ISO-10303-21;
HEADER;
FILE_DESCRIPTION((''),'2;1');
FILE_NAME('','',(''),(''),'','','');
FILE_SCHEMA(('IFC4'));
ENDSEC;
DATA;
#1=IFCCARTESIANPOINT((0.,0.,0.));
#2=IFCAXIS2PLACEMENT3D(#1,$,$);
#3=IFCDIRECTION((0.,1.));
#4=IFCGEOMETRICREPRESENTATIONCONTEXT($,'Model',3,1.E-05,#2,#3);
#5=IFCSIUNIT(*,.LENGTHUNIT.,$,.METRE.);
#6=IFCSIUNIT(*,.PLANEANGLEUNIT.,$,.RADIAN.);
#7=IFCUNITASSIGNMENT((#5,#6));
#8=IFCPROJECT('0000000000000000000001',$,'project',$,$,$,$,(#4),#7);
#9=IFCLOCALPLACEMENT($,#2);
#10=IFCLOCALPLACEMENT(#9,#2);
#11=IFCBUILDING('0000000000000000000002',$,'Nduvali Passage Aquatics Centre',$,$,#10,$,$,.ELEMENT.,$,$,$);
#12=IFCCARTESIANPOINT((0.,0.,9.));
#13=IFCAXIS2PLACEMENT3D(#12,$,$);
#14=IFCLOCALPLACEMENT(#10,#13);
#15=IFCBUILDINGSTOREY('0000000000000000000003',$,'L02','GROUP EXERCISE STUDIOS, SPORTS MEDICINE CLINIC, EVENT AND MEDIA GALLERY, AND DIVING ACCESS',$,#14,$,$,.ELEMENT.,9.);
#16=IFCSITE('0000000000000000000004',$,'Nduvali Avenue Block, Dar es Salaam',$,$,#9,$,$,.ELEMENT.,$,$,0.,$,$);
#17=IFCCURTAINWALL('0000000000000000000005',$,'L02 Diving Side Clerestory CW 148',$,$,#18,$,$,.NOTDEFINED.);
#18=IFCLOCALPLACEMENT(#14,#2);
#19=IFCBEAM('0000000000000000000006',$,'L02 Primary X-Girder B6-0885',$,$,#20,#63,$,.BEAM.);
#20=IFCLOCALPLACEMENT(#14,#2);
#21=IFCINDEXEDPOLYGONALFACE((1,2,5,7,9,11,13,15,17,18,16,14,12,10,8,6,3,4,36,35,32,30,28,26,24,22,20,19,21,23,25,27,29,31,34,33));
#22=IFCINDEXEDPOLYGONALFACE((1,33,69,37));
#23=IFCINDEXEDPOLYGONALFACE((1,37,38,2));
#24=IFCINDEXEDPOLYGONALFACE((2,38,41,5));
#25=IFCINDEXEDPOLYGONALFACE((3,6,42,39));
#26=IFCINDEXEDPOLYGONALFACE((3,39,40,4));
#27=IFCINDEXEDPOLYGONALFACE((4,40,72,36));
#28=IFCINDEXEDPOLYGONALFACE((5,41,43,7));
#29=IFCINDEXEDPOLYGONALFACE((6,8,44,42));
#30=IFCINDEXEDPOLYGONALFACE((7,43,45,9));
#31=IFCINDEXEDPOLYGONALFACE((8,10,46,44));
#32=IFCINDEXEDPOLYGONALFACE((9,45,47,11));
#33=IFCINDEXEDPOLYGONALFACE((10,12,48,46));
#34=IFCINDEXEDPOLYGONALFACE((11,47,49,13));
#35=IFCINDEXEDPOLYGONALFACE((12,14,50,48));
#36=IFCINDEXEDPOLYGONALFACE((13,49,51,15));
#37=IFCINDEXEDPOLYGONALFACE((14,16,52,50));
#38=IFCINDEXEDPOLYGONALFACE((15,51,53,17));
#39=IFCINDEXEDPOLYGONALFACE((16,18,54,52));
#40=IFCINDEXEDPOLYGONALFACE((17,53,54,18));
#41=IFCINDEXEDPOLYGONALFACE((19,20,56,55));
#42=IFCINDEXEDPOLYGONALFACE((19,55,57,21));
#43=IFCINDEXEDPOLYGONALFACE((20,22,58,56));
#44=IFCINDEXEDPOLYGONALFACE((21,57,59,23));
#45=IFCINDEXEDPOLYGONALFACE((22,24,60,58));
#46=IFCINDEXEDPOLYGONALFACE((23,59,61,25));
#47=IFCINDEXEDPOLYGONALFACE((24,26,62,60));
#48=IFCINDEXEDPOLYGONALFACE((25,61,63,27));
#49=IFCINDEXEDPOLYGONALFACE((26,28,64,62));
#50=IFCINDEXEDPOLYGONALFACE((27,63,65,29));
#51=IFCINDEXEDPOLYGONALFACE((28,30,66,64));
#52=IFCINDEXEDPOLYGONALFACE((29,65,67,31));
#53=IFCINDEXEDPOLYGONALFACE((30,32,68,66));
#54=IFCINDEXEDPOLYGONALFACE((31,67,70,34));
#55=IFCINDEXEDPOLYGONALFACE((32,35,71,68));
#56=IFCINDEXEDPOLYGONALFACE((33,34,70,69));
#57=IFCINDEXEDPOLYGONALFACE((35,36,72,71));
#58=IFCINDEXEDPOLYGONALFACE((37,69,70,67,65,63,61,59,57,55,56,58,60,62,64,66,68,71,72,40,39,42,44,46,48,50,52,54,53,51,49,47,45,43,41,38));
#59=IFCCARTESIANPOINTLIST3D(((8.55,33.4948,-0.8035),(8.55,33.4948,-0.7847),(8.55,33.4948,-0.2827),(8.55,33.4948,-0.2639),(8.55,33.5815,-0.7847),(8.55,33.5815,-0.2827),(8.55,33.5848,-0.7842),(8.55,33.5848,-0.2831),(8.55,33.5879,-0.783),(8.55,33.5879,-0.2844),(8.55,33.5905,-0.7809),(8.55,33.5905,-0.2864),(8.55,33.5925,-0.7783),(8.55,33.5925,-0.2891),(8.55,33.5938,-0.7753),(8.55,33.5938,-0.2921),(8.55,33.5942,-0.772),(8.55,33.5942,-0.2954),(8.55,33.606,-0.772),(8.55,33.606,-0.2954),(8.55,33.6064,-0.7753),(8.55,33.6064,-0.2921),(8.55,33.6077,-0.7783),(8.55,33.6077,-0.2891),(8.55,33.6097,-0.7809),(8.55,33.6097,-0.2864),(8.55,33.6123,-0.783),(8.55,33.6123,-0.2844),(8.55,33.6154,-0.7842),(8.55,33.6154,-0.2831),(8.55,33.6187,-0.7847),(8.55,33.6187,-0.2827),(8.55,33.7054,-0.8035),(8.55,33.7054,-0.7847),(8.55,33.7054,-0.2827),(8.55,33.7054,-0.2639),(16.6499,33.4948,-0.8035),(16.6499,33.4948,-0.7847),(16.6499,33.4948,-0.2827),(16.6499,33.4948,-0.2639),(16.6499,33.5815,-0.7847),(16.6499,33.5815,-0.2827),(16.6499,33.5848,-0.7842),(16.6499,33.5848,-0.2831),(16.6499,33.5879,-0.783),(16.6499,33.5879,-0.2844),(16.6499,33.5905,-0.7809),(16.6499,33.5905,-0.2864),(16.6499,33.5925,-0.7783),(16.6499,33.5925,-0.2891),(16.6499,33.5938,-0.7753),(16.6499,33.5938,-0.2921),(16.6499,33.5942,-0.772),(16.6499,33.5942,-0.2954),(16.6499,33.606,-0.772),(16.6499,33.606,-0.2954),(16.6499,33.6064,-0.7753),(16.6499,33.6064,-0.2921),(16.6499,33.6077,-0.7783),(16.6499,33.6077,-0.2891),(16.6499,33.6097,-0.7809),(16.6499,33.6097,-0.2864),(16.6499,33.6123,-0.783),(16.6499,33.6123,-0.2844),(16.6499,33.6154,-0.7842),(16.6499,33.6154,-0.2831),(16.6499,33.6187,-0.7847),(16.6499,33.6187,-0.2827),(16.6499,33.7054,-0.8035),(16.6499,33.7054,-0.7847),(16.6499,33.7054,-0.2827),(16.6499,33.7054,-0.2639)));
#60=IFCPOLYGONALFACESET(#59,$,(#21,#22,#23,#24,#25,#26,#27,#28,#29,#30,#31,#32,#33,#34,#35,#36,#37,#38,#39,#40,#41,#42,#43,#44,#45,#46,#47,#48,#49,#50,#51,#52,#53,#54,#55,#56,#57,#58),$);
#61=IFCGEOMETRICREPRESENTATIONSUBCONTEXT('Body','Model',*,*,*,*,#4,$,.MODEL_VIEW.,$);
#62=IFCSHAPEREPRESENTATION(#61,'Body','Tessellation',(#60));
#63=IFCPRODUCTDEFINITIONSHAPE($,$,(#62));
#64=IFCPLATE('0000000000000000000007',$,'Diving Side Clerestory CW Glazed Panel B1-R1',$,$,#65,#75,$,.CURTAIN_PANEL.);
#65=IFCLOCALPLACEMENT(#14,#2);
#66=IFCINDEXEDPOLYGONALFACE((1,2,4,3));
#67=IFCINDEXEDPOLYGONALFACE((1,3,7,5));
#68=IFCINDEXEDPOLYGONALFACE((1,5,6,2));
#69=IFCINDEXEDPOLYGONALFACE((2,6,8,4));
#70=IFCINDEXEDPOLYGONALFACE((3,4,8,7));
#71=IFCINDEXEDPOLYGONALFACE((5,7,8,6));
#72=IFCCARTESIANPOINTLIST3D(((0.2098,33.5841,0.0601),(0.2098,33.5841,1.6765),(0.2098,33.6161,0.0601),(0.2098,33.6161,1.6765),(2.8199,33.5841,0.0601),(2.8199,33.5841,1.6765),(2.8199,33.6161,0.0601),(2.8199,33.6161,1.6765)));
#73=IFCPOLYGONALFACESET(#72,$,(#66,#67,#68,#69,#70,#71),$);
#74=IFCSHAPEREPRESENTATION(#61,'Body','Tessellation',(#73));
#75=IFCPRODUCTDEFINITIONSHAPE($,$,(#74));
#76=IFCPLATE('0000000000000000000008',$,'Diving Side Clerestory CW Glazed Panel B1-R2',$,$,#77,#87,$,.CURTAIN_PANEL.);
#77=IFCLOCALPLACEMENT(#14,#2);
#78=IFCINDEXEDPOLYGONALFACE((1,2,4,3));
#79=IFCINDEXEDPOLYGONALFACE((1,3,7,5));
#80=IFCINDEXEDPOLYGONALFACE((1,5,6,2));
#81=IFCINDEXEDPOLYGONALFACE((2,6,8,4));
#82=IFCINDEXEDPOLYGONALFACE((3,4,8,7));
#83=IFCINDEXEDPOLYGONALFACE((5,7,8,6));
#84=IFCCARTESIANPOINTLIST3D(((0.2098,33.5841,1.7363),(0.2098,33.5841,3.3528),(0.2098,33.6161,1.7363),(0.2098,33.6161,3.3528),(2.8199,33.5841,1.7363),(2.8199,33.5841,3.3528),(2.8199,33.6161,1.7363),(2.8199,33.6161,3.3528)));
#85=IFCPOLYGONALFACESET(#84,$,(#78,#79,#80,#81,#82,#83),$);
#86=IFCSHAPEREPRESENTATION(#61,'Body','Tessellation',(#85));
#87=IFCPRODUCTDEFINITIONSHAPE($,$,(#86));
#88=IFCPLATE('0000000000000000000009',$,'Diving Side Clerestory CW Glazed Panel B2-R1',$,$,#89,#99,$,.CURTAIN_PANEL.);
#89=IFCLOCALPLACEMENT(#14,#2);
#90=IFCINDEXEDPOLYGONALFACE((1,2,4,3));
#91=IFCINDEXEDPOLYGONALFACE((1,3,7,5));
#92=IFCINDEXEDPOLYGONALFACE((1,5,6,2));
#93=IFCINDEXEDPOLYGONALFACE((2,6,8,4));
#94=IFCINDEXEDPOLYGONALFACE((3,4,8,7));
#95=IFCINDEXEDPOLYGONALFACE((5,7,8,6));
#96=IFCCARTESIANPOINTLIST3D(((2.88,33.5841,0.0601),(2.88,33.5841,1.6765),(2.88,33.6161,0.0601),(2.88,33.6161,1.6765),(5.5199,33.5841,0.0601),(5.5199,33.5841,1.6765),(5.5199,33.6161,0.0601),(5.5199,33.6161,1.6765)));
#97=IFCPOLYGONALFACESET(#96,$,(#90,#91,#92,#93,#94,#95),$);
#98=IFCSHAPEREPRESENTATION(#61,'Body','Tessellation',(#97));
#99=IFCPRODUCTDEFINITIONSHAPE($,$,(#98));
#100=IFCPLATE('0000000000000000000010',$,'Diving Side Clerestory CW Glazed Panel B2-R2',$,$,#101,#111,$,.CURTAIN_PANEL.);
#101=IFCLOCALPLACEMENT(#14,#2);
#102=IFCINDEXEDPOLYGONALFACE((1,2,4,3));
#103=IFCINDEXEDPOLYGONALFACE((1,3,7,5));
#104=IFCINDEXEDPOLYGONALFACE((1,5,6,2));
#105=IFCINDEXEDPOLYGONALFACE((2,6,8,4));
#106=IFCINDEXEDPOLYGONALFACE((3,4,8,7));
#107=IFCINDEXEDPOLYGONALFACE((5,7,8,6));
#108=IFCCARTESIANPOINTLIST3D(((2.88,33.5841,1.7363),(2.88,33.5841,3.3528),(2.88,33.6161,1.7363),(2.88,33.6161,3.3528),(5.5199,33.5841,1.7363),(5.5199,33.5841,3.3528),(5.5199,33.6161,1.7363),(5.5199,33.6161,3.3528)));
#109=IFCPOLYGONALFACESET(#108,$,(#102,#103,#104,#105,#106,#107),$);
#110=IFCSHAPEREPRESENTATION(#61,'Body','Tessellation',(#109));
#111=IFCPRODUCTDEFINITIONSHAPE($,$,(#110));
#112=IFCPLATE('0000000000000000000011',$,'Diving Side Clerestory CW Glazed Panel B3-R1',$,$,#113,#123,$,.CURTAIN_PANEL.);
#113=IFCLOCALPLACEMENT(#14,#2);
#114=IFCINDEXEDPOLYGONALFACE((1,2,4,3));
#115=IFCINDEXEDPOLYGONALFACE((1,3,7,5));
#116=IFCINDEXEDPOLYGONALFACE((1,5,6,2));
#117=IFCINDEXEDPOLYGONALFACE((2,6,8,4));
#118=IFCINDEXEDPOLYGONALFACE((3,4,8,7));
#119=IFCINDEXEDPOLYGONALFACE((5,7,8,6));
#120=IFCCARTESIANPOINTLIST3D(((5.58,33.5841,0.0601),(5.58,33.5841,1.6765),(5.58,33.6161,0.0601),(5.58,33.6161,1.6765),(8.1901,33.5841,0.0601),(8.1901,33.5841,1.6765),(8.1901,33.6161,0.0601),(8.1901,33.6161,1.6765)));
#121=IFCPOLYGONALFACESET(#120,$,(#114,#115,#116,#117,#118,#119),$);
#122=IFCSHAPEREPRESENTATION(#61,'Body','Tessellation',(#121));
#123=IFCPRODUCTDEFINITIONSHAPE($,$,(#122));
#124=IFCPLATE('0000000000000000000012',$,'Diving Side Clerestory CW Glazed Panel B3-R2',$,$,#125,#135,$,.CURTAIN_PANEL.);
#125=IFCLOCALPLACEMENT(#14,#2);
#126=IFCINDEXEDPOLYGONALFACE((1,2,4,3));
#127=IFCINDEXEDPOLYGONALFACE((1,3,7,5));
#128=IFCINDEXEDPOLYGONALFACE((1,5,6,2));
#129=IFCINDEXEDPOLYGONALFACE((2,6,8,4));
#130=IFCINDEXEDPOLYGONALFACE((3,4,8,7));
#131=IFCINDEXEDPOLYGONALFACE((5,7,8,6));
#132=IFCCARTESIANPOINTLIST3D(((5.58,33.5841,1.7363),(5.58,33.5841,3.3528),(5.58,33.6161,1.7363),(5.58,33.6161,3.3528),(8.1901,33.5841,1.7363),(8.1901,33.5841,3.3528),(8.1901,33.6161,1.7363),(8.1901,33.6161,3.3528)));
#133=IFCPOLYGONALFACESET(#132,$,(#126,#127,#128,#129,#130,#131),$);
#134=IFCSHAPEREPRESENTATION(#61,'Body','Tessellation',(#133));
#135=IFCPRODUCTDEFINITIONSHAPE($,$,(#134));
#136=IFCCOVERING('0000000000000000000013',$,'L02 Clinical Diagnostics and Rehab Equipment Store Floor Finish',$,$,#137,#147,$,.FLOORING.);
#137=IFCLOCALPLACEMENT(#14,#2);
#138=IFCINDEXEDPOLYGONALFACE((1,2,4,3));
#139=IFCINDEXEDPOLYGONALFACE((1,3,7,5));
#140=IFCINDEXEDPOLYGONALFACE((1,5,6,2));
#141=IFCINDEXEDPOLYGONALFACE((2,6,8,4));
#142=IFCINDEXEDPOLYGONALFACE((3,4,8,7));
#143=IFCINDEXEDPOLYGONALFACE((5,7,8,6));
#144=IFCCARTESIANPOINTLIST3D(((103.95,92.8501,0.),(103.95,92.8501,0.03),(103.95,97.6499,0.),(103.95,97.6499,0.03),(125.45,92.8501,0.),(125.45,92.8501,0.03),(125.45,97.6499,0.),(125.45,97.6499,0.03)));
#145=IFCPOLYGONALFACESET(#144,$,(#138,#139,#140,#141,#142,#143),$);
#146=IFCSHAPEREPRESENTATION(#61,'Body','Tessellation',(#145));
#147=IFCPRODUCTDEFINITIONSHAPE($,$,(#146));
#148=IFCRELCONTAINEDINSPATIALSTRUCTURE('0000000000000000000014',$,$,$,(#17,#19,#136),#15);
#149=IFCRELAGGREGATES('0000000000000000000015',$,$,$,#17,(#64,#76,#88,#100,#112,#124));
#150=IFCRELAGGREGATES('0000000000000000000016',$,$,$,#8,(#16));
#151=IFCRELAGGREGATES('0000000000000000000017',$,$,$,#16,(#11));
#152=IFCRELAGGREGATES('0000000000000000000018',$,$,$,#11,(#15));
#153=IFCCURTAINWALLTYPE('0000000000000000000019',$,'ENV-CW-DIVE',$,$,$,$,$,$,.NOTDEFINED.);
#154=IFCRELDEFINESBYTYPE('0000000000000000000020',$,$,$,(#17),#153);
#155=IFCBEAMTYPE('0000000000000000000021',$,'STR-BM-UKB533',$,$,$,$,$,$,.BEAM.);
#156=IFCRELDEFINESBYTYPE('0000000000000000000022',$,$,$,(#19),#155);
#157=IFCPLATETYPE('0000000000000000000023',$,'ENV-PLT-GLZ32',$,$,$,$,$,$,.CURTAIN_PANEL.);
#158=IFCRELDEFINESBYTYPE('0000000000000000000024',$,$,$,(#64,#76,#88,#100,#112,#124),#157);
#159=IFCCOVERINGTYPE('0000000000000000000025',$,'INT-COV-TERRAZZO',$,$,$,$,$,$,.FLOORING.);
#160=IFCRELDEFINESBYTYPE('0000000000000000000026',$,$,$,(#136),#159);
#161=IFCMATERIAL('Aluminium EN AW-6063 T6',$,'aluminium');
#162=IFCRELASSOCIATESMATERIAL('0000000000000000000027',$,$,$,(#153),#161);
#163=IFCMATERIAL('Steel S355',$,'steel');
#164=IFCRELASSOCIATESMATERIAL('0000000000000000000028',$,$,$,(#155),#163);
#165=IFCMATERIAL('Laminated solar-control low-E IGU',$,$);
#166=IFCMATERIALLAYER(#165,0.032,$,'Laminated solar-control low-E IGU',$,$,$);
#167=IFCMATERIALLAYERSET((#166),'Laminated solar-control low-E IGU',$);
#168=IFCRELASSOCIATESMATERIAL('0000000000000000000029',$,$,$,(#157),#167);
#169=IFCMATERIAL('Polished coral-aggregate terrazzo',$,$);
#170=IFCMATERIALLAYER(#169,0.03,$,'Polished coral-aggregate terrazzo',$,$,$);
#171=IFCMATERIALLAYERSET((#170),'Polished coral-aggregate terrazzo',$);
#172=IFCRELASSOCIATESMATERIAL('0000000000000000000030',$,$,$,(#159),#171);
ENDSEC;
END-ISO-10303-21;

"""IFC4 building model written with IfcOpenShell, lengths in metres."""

from ifc_helpers import new_model, si_unit, direction, frame, origin, origin_2d, place, context, subcontext, project, spatial, polyline, rectangle, i_section, outline, extrude, material, layer, layer_set, material_profile, profile_set, type_object, element, aggregate, save


model = new_model("IFC4")

# Units and contexts
model_context = context("Model", 3, precision=1e-05, world=origin(), true_north=direction((0.0, 1.0)))
body_context = subcontext(model_context, "Body", "Model", "MODEL_VIEW")
ifc_project = project(units=[si_unit("LENGTHUNIT", "METRE"), si_unit("PLANEANGLEUNIT", "RADIAN")], contexts=[model_context])

# Site, building, storey
site_placement = place(None, origin())
site = spatial("IfcSite", under=ifc_project, at=site_placement, Name="Nduvali Avenue Block, Dar es Salaam", CompositionType="ELEMENT", RefElevation=0.0)
building_placement = place(site_placement, origin())
building = spatial("IfcBuilding", under=site, at=building_placement, Name="Nduvali Passage Aquatics Centre", CompositionType="ELEMENT")
storey_placement = place(building_placement, frame((0.0, 0.0, 9.0)))
storey = spatial("IfcBuildingStorey", under=building, at=storey_placement, Name="L02", Description="GROUP EXERCISE STUDIOS, SPORTS MEDICINE CLINIC, EVENT AND MEDIA GALLERY, AND DIVING ACCESS", CompositionType="ELEMENT", Elevation=9.0)

# Shared definitions
ifc_material_1 = material(Name="Steel S355", Category="steel")

# Curtain wall
ifc_material_2 = material(Name="Aluminium EN AW-6063 T6", Category="aluminium")
curtain_wall_type = type_object("IfcCurtainWallType", Name="ENV-CW-DIVE", PredefinedType="NOTDEFINED", material=ifc_material_2)
curtain_wall_placement = place(storey_placement, origin())
curtain_wall = element("IfcCurtainWall", 1, at=curtain_wall_placement, inside=storey, type_object=curtain_wall_type, Name="L02 Diving Side Clerestory CW 148", PredefinedType="NOTDEFINED")

# Beam
ifc_material_profile_1 = material_profile(ifc_material_1, i_section(OverallWidth=0.2107, OverallDepth=0.5396, WebThickness=0.0117, FlangeThickness=0.0188, FilletRadius=0.0127, at=origin_2d()), Name="UKB 533x210x109")
ifc_profile_set_1 = profile_set([ifc_material_profile_1], Name="Steel S355")
beam_type = type_object("IfcBeamType", Name="STR-BM-UKB533", PredefinedType="BEAM", material=ifc_profile_set_1)
beam_1_placement = place(storey_placement, frame((8.55, 33.6001, -0.5337), z_axis=(1.0, 0.0, 0.0), x_axis=(0.0, 1.0, 0.0)))
element("IfcBeam", 2, at=beam_1_placement, inside=storey, type_object=beam_type, Name="L02 Primary X-Girder B6-0885", PredefinedType="BEAM", context=body_context, shape_type="SweptSolid", body=[
    extrude(i_section(OverallWidth=0.2107, OverallDepth=0.5396, WebThickness=0.0117, FlangeThickness=0.0188, FilletRadius=0.0127, at=origin_2d()), origin(), (0.0, 0.0, 1.0), 8.0999),
])

# Plates
ifc_material_3 = material(Name="Laminated solar-control low-E IGU")
ifc_layer_1 = layer(ifc_material_3, 0.032, Name="Laminated solar-control low-E IGU")
ifc_layer_set_1 = layer_set([ifc_layer_1], Name="Laminated solar-control low-E IGU")
plate_type = type_object("IfcPlateType", Name="ENV-PLT-GLZ32", PredefinedType="CURTAIN_PANEL", material=ifc_layer_set_1)
plate_1_placement = place(storey_placement, frame((1.5149, 33.6001, 0.0601), z_axis=(0.0, 0.0, 1.0), x_axis=(1.0, 0.0, 0.0)))
plate_1 = element("IfcPlate", 3, at=plate_1_placement, type_object=plate_type, Name="Diving Side Clerestory CW Glazed Panel B1-R1", PredefinedType="CURTAIN_PANEL", context=body_context, shape_type="SweptSolid", body=[
    extrude(rectangle(XDim=2.6101, YDim=0.032, at=origin_2d()), origin(), (0.0, 0.0, 1.0), 1.6165),
])
plate_2_placement = place(storey_placement, frame((1.5149, 33.6001, 1.7363), z_axis=(0.0, 0.0, 1.0), x_axis=(1.0, 0.0, 0.0)))
plate_2 = element("IfcPlate", 4, at=plate_2_placement, type_object=plate_type, Name="Diving Side Clerestory CW Glazed Panel B1-R2", PredefinedType="CURTAIN_PANEL", context=body_context, shape_type="SweptSolid", body=[
    extrude(rectangle(XDim=2.6101, YDim=0.032, at=origin_2d()), origin(), (0.0, 0.0, 1.0), 1.6165),
])
plate_3_placement = place(storey_placement, frame((4.2, 33.6001, 0.0601), z_axis=(0.0, 0.0, 1.0), x_axis=(1.0, 0.0, 0.0)))
plate_3 = element("IfcPlate", 5, at=plate_3_placement, type_object=plate_type, Name="Diving Side Clerestory CW Glazed Panel B2-R1", PredefinedType="CURTAIN_PANEL", context=body_context, shape_type="SweptSolid", body=[
    extrude(rectangle(XDim=2.6399, YDim=0.032, at=origin_2d()), origin(), (0.0, 0.0, 1.0), 1.6165),
])
plate_4_placement = place(storey_placement, frame((4.2, 33.6001, 1.7363), z_axis=(0.0, 0.0, 1.0), x_axis=(1.0, 0.0, 0.0)))
plate_4 = element("IfcPlate", 6, at=plate_4_placement, type_object=plate_type, Name="Diving Side Clerestory CW Glazed Panel B2-R2", PredefinedType="CURTAIN_PANEL", context=body_context, shape_type="SweptSolid", body=[
    extrude(rectangle(XDim=2.6399, YDim=0.032, at=origin_2d()), origin(), (0.0, 0.0, 1.0), 1.6165),
])
plate_5_placement = place(storey_placement, frame((6.885, 33.6001, 0.0601), z_axis=(0.0, 0.0, 1.0), x_axis=(1.0, 0.0, 0.0)))
plate_5 = element("IfcPlate", 7, at=plate_5_placement, type_object=plate_type, Name="Diving Side Clerestory CW Glazed Panel B3-R1", PredefinedType="CURTAIN_PANEL", context=body_context, shape_type="SweptSolid", body=[
    extrude(rectangle(XDim=2.6101, YDim=0.032, at=origin_2d()), origin(), (0.0, 0.0, 1.0), 1.6165),
])
plate_6_placement = place(storey_placement, frame((6.885, 33.6001, 1.7363), z_axis=(0.0, 0.0, 1.0), x_axis=(1.0, 0.0, 0.0)))
plate_6 = element("IfcPlate", 8, at=plate_6_placement, type_object=plate_type, Name="Diving Side Clerestory CW Glazed Panel B3-R2", PredefinedType="CURTAIN_PANEL", context=body_context, shape_type="SweptSolid", body=[
    extrude(rectangle(XDim=2.6101, YDim=0.032, at=origin_2d()), origin(), (0.0, 0.0, 1.0), 1.6165),
])
aggregate(curtain_wall, [plate_1, plate_2, plate_3, plate_4, plate_5, plate_6])

# Covering
ifc_material_4 = material(Name="Polished coral-aggregate terrazzo")
ifc_layer_2 = layer(ifc_material_4, 0.03, Name="Polished coral-aggregate terrazzo")
ifc_layer_set_2 = layer_set([ifc_layer_2], Name="Polished coral-aggregate terrazzo")
covering_type = type_object("IfcCoveringType", Name="INT-COV-TERRAZZO", PredefinedType="FLOORING", material=ifc_layer_set_2)
covering_placement = place(storey_placement, origin())
element("IfcCovering", 9, at=covering_placement, inside=storey, type_object=covering_type, Name="L02 Clinical Diagnostics and Rehab Equipment Store Floor Finish", PredefinedType="FLOORING", context=body_context, shape_type="SweptSolid", body=[
    extrude(outline(polyline([(103.95, 92.8501), (125.45, 92.8501), (125.45, 97.6499), (103.95, 97.6499), (103.95, 92.8501)])), origin(), (0.0, 0.0, 1.0), 0.03),
])

save(model, "model.ifc")
